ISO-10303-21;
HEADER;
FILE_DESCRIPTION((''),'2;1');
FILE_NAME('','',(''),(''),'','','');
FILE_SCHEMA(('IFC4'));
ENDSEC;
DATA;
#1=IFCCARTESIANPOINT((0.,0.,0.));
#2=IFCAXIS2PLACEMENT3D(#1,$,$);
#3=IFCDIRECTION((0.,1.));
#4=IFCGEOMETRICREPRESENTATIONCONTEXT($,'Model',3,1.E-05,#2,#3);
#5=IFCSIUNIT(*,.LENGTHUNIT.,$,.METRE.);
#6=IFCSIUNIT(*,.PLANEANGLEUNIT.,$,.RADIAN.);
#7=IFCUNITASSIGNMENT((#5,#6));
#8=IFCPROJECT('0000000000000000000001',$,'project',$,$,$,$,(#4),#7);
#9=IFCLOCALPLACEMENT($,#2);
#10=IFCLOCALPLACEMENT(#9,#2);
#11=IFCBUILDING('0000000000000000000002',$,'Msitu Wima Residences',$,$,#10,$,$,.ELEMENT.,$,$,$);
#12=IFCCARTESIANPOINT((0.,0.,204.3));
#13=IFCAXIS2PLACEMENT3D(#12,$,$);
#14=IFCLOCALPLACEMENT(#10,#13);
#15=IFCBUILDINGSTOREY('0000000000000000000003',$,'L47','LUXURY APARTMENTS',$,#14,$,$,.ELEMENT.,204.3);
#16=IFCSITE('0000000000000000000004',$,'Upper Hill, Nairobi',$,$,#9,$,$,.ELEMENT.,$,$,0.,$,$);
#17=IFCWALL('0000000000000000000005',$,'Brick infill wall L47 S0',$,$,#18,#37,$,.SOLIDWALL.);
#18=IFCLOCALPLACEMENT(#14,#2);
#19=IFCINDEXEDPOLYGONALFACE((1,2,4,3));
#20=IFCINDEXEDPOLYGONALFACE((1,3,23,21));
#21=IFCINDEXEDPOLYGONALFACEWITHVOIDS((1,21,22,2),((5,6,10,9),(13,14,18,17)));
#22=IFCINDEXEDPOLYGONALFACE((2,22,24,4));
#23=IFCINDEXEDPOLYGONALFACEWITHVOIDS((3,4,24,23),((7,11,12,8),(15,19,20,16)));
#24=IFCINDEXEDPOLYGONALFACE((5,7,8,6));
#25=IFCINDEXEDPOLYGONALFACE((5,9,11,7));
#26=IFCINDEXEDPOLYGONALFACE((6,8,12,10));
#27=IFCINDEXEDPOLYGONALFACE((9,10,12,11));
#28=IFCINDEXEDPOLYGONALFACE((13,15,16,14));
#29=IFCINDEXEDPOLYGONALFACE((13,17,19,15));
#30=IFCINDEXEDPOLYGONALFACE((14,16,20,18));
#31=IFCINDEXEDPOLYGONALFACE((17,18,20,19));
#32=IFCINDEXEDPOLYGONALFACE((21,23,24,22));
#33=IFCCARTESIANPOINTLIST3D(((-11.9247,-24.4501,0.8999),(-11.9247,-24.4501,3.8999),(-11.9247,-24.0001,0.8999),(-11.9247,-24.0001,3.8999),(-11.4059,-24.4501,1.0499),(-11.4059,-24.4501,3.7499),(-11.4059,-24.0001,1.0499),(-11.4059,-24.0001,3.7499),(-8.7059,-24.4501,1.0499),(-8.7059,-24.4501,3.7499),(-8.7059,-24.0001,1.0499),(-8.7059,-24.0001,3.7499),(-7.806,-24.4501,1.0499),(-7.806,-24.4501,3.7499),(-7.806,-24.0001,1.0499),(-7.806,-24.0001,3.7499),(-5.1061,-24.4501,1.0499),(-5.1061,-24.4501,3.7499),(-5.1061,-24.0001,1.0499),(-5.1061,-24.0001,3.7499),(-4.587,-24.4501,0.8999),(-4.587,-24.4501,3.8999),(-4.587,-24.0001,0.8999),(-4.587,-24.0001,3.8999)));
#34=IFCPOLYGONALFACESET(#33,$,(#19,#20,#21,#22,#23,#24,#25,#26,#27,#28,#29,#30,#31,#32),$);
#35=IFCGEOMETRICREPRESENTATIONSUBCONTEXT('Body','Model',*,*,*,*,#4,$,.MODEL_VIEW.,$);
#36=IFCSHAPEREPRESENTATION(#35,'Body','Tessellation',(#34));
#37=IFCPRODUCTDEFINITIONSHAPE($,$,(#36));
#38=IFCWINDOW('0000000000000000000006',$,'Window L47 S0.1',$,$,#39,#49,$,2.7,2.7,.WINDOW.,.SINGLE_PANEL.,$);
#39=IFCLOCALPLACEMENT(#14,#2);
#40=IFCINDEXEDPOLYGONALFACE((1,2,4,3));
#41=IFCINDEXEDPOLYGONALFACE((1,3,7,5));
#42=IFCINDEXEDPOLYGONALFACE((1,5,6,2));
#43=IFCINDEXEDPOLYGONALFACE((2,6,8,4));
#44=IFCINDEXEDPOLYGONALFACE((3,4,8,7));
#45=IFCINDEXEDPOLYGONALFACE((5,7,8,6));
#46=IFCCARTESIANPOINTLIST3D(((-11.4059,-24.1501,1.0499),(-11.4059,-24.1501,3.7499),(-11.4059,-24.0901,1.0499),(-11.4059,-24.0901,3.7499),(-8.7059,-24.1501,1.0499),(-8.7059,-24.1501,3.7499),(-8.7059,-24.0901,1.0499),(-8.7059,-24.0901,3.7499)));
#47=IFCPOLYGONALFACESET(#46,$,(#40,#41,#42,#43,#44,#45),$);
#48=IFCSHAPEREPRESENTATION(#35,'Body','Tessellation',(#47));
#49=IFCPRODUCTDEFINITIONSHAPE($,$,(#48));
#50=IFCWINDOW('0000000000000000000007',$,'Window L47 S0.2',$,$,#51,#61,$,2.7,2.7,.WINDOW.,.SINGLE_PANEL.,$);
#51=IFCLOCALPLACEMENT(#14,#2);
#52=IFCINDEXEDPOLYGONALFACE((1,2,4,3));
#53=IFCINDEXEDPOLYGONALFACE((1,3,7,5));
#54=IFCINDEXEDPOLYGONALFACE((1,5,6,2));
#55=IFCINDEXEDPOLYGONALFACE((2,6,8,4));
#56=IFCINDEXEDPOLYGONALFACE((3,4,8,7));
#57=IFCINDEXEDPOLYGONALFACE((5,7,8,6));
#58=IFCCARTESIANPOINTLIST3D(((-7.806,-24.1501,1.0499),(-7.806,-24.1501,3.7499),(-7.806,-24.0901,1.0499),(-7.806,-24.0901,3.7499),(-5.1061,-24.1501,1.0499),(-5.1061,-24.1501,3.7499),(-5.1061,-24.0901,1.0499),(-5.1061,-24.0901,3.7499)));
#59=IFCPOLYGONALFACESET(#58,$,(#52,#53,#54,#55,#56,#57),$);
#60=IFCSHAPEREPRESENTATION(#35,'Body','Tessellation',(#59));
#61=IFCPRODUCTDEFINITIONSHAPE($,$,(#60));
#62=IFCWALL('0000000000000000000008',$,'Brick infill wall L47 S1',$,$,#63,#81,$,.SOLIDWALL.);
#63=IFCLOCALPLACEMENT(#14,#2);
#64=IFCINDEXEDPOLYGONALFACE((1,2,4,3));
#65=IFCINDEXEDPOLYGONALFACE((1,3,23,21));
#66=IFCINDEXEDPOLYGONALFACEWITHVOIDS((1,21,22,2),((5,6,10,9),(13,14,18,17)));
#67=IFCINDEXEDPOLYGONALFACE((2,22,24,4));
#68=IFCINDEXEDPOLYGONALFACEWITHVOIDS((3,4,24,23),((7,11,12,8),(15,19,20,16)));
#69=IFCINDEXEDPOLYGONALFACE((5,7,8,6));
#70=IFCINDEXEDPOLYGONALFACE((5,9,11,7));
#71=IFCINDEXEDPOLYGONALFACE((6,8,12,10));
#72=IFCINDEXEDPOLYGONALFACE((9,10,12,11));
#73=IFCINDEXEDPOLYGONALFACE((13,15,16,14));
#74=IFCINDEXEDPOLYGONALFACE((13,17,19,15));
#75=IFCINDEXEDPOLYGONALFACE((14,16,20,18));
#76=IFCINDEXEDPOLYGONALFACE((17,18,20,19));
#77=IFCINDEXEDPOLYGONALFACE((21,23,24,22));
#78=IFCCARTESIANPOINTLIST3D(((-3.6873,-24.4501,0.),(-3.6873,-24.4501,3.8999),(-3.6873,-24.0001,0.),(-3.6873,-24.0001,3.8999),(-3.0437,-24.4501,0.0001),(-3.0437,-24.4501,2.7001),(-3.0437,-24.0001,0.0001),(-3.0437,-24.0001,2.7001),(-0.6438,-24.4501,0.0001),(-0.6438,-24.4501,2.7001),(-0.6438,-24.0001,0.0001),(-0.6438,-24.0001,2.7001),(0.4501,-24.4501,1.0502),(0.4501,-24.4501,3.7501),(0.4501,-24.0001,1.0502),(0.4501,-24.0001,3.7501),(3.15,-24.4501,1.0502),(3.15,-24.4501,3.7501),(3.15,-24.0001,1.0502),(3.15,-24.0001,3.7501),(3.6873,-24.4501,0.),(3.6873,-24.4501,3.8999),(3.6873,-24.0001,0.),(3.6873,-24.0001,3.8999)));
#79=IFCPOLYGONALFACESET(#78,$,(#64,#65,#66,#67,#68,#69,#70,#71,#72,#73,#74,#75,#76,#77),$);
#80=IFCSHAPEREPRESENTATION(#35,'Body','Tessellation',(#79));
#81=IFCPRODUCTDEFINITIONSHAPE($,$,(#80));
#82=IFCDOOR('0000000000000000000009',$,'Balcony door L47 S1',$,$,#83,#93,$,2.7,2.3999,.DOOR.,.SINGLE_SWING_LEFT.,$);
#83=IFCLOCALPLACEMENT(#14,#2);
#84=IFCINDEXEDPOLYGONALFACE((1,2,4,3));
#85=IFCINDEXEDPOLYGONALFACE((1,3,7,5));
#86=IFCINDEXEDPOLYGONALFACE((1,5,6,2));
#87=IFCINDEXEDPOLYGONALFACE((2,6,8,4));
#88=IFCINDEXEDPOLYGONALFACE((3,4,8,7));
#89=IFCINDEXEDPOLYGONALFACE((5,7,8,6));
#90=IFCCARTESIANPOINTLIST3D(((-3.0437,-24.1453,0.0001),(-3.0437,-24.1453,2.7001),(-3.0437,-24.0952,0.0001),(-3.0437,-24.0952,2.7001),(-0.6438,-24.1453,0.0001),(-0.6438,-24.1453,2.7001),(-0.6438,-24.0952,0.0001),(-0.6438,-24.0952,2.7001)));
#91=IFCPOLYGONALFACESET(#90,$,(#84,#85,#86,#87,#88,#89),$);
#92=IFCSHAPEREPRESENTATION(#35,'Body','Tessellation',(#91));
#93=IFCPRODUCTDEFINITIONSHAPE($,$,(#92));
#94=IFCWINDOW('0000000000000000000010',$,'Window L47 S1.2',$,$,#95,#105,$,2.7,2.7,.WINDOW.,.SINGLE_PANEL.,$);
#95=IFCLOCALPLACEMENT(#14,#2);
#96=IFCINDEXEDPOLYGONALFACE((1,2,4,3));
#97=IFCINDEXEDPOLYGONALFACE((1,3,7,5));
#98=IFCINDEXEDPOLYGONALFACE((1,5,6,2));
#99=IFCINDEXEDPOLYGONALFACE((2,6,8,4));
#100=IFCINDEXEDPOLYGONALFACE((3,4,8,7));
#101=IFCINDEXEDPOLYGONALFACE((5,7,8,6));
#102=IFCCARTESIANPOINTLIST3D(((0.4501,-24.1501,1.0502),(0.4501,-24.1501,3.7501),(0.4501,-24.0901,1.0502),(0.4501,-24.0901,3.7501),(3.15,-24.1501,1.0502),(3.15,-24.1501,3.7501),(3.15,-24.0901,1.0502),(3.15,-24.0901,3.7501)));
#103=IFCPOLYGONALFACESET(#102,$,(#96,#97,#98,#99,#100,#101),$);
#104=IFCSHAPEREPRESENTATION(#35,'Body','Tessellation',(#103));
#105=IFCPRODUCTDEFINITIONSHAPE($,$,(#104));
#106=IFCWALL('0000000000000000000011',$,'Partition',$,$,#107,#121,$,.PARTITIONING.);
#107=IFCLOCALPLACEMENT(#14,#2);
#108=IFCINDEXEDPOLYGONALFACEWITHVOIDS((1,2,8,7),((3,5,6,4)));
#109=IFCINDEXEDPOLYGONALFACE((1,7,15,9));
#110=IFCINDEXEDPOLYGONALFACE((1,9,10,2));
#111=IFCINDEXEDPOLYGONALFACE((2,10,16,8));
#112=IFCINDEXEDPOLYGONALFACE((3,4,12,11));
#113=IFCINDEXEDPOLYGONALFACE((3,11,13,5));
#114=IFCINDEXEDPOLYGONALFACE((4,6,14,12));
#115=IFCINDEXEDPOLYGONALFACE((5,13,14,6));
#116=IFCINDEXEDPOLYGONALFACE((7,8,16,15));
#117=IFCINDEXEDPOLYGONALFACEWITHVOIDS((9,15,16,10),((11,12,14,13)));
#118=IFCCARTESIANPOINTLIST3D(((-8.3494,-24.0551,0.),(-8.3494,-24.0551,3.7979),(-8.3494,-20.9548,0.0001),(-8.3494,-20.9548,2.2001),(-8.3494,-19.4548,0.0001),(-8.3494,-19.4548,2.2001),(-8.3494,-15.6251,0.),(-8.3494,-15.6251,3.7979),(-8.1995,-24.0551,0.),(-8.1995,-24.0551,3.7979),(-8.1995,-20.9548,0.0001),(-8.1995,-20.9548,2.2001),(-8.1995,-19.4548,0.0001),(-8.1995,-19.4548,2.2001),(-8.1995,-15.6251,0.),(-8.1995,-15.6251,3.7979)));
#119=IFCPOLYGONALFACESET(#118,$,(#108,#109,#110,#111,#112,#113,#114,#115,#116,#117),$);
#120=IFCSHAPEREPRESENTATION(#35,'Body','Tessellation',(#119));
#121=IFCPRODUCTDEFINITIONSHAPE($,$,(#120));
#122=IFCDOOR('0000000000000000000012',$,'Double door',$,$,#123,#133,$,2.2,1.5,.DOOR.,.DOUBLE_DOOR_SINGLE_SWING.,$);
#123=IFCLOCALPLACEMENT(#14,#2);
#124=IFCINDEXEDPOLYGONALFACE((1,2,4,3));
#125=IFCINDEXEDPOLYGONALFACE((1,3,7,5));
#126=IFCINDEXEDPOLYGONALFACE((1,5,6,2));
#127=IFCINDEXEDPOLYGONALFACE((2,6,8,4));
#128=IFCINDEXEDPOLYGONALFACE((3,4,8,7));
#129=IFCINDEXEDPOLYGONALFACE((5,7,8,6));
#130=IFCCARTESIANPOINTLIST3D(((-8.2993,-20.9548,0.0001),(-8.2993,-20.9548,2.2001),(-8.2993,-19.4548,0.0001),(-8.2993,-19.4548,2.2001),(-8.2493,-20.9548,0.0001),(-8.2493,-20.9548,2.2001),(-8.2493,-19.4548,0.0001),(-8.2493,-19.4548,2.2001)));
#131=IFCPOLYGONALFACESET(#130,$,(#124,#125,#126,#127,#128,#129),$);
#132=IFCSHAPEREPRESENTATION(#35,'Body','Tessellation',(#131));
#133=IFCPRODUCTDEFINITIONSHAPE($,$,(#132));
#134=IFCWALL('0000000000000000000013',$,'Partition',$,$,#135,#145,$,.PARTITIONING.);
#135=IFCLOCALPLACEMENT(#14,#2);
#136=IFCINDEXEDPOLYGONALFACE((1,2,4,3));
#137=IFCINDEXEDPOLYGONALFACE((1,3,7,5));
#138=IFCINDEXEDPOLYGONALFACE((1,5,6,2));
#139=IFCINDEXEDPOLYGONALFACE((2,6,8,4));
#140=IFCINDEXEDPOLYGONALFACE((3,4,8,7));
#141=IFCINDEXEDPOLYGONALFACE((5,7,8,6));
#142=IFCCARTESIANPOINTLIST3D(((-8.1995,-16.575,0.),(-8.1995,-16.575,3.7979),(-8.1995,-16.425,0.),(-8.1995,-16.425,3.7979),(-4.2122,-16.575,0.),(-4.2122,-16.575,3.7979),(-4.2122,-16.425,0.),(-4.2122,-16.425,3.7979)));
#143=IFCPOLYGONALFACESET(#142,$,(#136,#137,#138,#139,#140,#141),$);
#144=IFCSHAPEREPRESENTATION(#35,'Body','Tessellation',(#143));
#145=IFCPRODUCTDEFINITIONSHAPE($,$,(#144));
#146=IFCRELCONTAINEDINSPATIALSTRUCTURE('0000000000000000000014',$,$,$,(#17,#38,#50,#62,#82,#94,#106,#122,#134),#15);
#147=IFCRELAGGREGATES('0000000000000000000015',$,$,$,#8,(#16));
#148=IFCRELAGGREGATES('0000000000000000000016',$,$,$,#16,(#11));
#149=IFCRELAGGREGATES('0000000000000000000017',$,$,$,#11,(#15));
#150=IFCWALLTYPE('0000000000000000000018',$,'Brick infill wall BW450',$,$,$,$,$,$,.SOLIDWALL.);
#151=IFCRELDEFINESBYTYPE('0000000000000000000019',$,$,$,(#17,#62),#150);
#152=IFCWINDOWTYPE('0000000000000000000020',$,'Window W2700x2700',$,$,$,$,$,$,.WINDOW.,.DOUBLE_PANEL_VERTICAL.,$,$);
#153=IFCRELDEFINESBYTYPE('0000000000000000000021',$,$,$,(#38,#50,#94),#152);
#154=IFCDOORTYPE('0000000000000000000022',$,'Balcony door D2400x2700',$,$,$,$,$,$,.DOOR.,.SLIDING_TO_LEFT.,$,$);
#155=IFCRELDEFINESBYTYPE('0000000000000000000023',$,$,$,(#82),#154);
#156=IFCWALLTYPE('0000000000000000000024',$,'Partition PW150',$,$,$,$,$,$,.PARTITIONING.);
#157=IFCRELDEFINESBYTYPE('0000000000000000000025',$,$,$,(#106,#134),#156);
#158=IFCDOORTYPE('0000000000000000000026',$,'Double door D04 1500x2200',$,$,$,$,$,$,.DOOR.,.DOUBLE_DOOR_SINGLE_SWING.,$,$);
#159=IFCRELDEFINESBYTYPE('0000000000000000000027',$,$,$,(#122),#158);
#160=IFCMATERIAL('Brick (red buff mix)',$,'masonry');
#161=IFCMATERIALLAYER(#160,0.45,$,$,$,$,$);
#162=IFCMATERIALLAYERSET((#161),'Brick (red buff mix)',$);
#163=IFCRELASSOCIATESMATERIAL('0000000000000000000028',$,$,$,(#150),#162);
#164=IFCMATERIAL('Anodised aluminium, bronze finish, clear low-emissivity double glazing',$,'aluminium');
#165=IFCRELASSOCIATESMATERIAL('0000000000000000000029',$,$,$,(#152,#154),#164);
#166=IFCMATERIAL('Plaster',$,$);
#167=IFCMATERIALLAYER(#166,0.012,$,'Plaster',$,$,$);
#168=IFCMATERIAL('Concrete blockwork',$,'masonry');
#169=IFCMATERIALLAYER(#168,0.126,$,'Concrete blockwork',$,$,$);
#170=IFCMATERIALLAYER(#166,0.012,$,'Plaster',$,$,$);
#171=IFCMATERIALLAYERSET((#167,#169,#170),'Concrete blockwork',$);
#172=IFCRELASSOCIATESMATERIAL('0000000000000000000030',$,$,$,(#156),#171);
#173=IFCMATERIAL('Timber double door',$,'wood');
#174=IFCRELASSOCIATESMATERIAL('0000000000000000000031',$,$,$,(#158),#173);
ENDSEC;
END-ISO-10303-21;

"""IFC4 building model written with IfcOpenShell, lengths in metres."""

from ifc_helpers import new_model, si_unit, direction, frame, frame_2d, origin, place, context, subcontext, project, spatial, rectangle, extrude, material, layer, layer_set, type_object, element, fill, save


model = new_model("IFC4")

# Units and contexts
model_context = context("Model", 3, precision=1e-05, world=origin(), true_north=direction((0.0, 1.0)))
body_context = subcontext(model_context, "Body", "Model", "MODEL_VIEW")
ifc_project = project(units=[si_unit("LENGTHUNIT", "METRE"), si_unit("PLANEANGLEUNIT", "RADIAN")], contexts=[model_context])

# Site, building, storey
site_placement = place(None, origin())
site = spatial("IfcSite", under=ifc_project, at=site_placement, Name="Upper Hill, Nairobi", CompositionType="ELEMENT", RefElevation=0.0)
building_placement = place(site_placement, origin())
building = spatial("IfcBuilding", under=site, at=building_placement, Name="Msitu Wima Residences", CompositionType="ELEMENT")
storey_placement = place(building_placement, frame((0.0, 0.0, 204.3)))
storey = spatial("IfcBuildingStorey", under=building, at=storey_placement, Name="L47", Description="LUXURY APARTMENTS", CompositionType="ELEMENT", Elevation=204.3)

# Wall, openings, windows
ifc_material_1 = material(Name="Brick (red buff mix)", Category="masonry")
ifc_layer_1 = layer(ifc_material_1, 0.45)
ifc_layer_set_1 = layer_set([ifc_layer_1], Name="Brick (red buff mix)")
wall_type_1 = type_object("IfcWallType", Name="Brick infill wall BW450", PredefinedType="SOLIDWALL", material=ifc_layer_set_1)
wall_1_placement = place(storey_placement, frame((-11.9248, -24.2251, 0.8999), z_axis=(0.0, 0.0, 1.0), x_axis=(1.0, 0.0, 0.0)))
wall_1 = element("IfcWall", 1, at=wall_1_placement, inside=storey, type_object=wall_type_1, Name="Brick infill wall L47 S0", PredefinedType="SOLIDWALL", context=body_context, shape_type="SweptSolid", body=[
    extrude(rectangle(XDim=7.3376, YDim=0.45, at=frame_2d((3.6689, 0.0))), origin(), (0.0, 0.0, 1.0), 3.0),
])
opening_1_placement = place(wall_1_placement, frame((0.5188, 0.0, 0.1499)))
opening_1 = element("IfcOpeningElement", 2, at=opening_1_placement, cuts=wall_1, PredefinedType="OPENING", context=body_context, shape_type="SweptSolid", body=[
    extrude(rectangle(XDim=2.7, YDim=2.7, at=frame_2d((1.3501, 1.3501))), frame((0.0, 0.2349, 0.0), z_axis=(0.0, -1.0, 0.0), x_axis=(1.0, 0.0, 0.0)), (0.0, 0.0, 1.0), 0.47),
])
opening_2_placement = place(wall_1_placement, frame((4.1187, 0.0, 0.1499)))
opening_2 = element("IfcOpeningElement", 3, at=opening_2_placement, cuts=wall_1, PredefinedType="OPENING", context=body_context, shape_type="SweptSolid", body=[
    extrude(rectangle(XDim=2.7, YDim=2.7, at=frame_2d((1.3501, 1.3501))), frame((0.0, 0.2349, 0.0), z_axis=(0.0, -1.0, 0.0), x_axis=(1.0, 0.0, 0.0)), (0.0, 0.0, 1.0), 0.47),
])
ifc_material_2 = material(Name="Anodised aluminium, bronze finish, clear low-emissivity double glazing", Category="aluminium")
window_type = type_object("IfcWindowType", Name="Window W2700x2700", PartitioningType="DOUBLE_PANEL_VERTICAL", PredefinedType="WINDOW", material=ifc_material_2)
window_1_placement = place(opening_1_placement, origin())
window_1 = element("IfcWindow", 4, at=window_1_placement, inside=storey, type_object=window_type, Name="Window L47 S0.1", OverallHeight=2.7, OverallWidth=2.7, PartitioningType="SINGLE_PANEL", PredefinedType="WINDOW", context=body_context, shape_type="SweptSolid", body=[
    extrude(rectangle(XDim=2.7, YDim=2.7, at=frame_2d((1.3501, 1.3501))), frame((0.0, 0.135, 0.0), z_axis=(0.0, -1.0, 0.0), x_axis=(1.0, 0.0, 0.0)), (0.0, 0.0, 1.0), 0.0601),
])
fill(opening_1, window_1)
window_2_placement = place(opening_2_placement, origin())
window_2 = element("IfcWindow", 5, at=window_2_placement, inside=storey, type_object=window_type, Name="Window L47 S0.2", OverallHeight=2.7, OverallWidth=2.7, PartitioningType="SINGLE_PANEL", PredefinedType="WINDOW", context=body_context, shape_type="SweptSolid", body=[
    extrude(rectangle(XDim=2.7, YDim=2.7, at=frame_2d((1.3501, 1.3501))), frame((0.0, 0.135, 0.0), z_axis=(0.0, -1.0, 0.0), x_axis=(1.0, 0.0, 0.0)), (0.0, 0.0, 1.0), 0.0601),
])
fill(opening_2, window_2)

# Wall, openings, door, window
wall_2_placement = place(storey_placement, frame((-3.6873, -24.2251, 0.0), z_axis=(0.0, 0.0, 1.0), x_axis=(1.0, 0.0, 0.0)))
wall_2 = element("IfcWall", 6, at=wall_2_placement, inside=storey, type_object=wall_type_1, Name="Brick infill wall L47 S1", PredefinedType="SOLIDWALL", context=body_context, shape_type="SweptSolid", body=[
    extrude(rectangle(XDim=7.3745, YDim=0.45, at=frame_2d((3.6873, 0.0))), origin(), (0.0, 0.0, 1.0), 3.8999),
])
opening_3_placement = place(wall_2_placement, frame((0.6436, 0.0, 0.0)))
opening_3 = element("IfcOpeningElement", 7, at=opening_3_placement, cuts=wall_2, PredefinedType="OPENING", context=body_context, shape_type="SweptSolid", body=[
    extrude(rectangle(XDim=2.3999, YDim=2.7, at=frame_2d((1.2, 1.3501))), frame((0.0, 0.2349, 0.0), z_axis=(0.0, -1.0, 0.0), x_axis=(1.0, 0.0, 0.0)), (0.0, 0.0, 1.0), 0.47),
])
opening_4_placement = place(wall_2_placement, frame((4.1372, 0.0, 1.05)))
opening_4 = element("IfcOpeningElement", 8, at=opening_4_placement, cuts=wall_2, PredefinedType="OPENING", context=body_context, shape_type="SweptSolid", body=[
    extrude(rectangle(XDim=2.7, YDim=2.7, at=frame_2d((1.3501, 1.3501))), frame((0.0, 0.2349, 0.0), z_axis=(0.0, -1.0, 0.0), x_axis=(1.0, 0.0, 0.0)), (0.0, 0.0, 1.0), 0.47),
])
door_type_1 = type_object("IfcDoorType", Name="Balcony door D2400x2700", OperationType="SLIDING_TO_LEFT", PredefinedType="DOOR", material=ifc_material_2)
door_1_placement = place(opening_3_placement, origin())
door_1 = element("IfcDoor", 9, at=door_1_placement, inside=storey, type_object=door_type_1, Name="Balcony door L47 S1", OperationType="SINGLE_SWING_LEFT", OverallHeight=2.7, OverallWidth=2.3999, PredefinedType="DOOR", context=body_context, shape_type="SweptSolid", body=[
    extrude(rectangle(XDim=2.3999, YDim=2.7, at=frame_2d((1.2, 1.3501))), frame((0.0, 0.1299, 0.0), z_axis=(0.0, -1.0, 0.0), x_axis=(1.0, 0.0, 0.0)), (0.0, 0.0, 1.0), 0.05),
])
fill(opening_3, door_1)
window_3_placement = place(opening_4_placement, origin())
window_3 = element("IfcWindow", 10, at=window_3_placement, inside=storey, type_object=window_type, Name="Window L47 S1.2", OverallHeight=2.7, OverallWidth=2.7, PartitioningType="SINGLE_PANEL", PredefinedType="WINDOW", context=body_context, shape_type="SweptSolid", body=[
    extrude(rectangle(XDim=2.7, YDim=2.7, at=frame_2d((1.3501, 1.3501))), frame((0.0, 0.135, 0.0), z_axis=(0.0, -1.0, 0.0), x_axis=(1.0, 0.0, 0.0)), (0.0, 0.0, 1.0), 0.0601),
])
fill(opening_4, window_3)

# Wall, opening, door
ifc_material_3 = material(Name="Plaster")
ifc_layer_2 = layer(ifc_material_3, 0.012, Name="Plaster")
ifc_material_4 = material(Name="Concrete blockwork", Category="masonry")
ifc_layer_3 = layer(ifc_material_4, 0.126, Name="Concrete blockwork")
ifc_layer_4 = layer(ifc_material_3, 0.012, Name="Plaster")
ifc_layer_set_2 = layer_set([ifc_layer_2, ifc_layer_3, ifc_layer_4], Name="Concrete blockwork")
wall_type_2 = type_object("IfcWallType", Name="Partition PW150", PredefinedType="PARTITIONING", material=ifc_layer_set_2)
wall_3_placement = place(storey_placement, frame((-8.2744, -24.0549, 0.0), z_axis=(0.0, 0.0, 1.0), x_axis=(0.0, 1.0, 0.0)))
wall_3 = element("IfcWall", 11, at=wall_3_placement, inside=storey, type_object=wall_type_2, Name="Partition", PredefinedType="PARTITIONING", context=body_context, shape_type="SweptSolid", body=[
    extrude(rectangle(XDim=8.4299, YDim=0.1499, at=frame_2d((4.2148, 0.0))), origin(), (0.0, 0.0, 1.0), 3.7979),
])
opening_5_placement = place(wall_3_placement, frame((3.1001, 0.0, 0.0)))
opening_5 = element("IfcOpeningElement", 12, at=opening_5_placement, cuts=wall_3, PredefinedType="OPENING", context=body_context, shape_type="SweptSolid", body=[
    extrude(rectangle(XDim=1.5, YDim=2.2, at=frame_2d((0.75, 1.1001))), frame((0.0, 0.085, 0.0), z_axis=(0.0, -1.0, 0.0), x_axis=(1.0, 0.0, 0.0)), (0.0, 0.0, 1.0), 0.1699),
])
ifc_material_5 = material(Name="Timber double door", Category="wood")
door_type_2 = type_object("IfcDoorType", Name="Double door D04 1500x2200", OperationType="DOUBLE_DOOR_SINGLE_SWING", PredefinedType="DOOR", material=ifc_material_5)
door_2_placement = place(opening_5_placement, origin())
door_2 = element("IfcDoor", 13, at=door_2_placement, inside=storey, type_object=door_type_2, Name="Double door", OperationType="DOUBLE_DOOR_SINGLE_SWING", OverallHeight=2.2, OverallWidth=1.5, PredefinedType="DOOR", context=body_context, shape_type="SweptSolid", body=[
    extrude(rectangle(XDim=1.5, YDim=2.2, at=frame_2d((0.75, 1.1001))), frame((0.0, 0.0249, 0.0), z_axis=(0.0, -1.0, 0.0), x_axis=(1.0, 0.0, 0.0)), (0.0, 0.0, 1.0), 0.05),
])
fill(opening_5, door_2)

# Wall
wall_4_placement = place(storey_placement, frame((-8.1995, -16.5, 0.0), z_axis=(0.0, 0.0, 1.0), x_axis=(1.0, 0.0, 0.0)))
element("IfcWall", 14, at=wall_4_placement, inside=storey, type_object=wall_type_2, Name="Partition", PredefinedType="PARTITIONING", context=body_context, shape_type="SweptSolid", body=[
    extrude(rectangle(XDim=3.9873, YDim=0.1499, at=frame_2d((1.9937, 0.0))), origin(), (0.0, 0.0, 1.0), 3.7979),
])

save(model, "model.ifc")
